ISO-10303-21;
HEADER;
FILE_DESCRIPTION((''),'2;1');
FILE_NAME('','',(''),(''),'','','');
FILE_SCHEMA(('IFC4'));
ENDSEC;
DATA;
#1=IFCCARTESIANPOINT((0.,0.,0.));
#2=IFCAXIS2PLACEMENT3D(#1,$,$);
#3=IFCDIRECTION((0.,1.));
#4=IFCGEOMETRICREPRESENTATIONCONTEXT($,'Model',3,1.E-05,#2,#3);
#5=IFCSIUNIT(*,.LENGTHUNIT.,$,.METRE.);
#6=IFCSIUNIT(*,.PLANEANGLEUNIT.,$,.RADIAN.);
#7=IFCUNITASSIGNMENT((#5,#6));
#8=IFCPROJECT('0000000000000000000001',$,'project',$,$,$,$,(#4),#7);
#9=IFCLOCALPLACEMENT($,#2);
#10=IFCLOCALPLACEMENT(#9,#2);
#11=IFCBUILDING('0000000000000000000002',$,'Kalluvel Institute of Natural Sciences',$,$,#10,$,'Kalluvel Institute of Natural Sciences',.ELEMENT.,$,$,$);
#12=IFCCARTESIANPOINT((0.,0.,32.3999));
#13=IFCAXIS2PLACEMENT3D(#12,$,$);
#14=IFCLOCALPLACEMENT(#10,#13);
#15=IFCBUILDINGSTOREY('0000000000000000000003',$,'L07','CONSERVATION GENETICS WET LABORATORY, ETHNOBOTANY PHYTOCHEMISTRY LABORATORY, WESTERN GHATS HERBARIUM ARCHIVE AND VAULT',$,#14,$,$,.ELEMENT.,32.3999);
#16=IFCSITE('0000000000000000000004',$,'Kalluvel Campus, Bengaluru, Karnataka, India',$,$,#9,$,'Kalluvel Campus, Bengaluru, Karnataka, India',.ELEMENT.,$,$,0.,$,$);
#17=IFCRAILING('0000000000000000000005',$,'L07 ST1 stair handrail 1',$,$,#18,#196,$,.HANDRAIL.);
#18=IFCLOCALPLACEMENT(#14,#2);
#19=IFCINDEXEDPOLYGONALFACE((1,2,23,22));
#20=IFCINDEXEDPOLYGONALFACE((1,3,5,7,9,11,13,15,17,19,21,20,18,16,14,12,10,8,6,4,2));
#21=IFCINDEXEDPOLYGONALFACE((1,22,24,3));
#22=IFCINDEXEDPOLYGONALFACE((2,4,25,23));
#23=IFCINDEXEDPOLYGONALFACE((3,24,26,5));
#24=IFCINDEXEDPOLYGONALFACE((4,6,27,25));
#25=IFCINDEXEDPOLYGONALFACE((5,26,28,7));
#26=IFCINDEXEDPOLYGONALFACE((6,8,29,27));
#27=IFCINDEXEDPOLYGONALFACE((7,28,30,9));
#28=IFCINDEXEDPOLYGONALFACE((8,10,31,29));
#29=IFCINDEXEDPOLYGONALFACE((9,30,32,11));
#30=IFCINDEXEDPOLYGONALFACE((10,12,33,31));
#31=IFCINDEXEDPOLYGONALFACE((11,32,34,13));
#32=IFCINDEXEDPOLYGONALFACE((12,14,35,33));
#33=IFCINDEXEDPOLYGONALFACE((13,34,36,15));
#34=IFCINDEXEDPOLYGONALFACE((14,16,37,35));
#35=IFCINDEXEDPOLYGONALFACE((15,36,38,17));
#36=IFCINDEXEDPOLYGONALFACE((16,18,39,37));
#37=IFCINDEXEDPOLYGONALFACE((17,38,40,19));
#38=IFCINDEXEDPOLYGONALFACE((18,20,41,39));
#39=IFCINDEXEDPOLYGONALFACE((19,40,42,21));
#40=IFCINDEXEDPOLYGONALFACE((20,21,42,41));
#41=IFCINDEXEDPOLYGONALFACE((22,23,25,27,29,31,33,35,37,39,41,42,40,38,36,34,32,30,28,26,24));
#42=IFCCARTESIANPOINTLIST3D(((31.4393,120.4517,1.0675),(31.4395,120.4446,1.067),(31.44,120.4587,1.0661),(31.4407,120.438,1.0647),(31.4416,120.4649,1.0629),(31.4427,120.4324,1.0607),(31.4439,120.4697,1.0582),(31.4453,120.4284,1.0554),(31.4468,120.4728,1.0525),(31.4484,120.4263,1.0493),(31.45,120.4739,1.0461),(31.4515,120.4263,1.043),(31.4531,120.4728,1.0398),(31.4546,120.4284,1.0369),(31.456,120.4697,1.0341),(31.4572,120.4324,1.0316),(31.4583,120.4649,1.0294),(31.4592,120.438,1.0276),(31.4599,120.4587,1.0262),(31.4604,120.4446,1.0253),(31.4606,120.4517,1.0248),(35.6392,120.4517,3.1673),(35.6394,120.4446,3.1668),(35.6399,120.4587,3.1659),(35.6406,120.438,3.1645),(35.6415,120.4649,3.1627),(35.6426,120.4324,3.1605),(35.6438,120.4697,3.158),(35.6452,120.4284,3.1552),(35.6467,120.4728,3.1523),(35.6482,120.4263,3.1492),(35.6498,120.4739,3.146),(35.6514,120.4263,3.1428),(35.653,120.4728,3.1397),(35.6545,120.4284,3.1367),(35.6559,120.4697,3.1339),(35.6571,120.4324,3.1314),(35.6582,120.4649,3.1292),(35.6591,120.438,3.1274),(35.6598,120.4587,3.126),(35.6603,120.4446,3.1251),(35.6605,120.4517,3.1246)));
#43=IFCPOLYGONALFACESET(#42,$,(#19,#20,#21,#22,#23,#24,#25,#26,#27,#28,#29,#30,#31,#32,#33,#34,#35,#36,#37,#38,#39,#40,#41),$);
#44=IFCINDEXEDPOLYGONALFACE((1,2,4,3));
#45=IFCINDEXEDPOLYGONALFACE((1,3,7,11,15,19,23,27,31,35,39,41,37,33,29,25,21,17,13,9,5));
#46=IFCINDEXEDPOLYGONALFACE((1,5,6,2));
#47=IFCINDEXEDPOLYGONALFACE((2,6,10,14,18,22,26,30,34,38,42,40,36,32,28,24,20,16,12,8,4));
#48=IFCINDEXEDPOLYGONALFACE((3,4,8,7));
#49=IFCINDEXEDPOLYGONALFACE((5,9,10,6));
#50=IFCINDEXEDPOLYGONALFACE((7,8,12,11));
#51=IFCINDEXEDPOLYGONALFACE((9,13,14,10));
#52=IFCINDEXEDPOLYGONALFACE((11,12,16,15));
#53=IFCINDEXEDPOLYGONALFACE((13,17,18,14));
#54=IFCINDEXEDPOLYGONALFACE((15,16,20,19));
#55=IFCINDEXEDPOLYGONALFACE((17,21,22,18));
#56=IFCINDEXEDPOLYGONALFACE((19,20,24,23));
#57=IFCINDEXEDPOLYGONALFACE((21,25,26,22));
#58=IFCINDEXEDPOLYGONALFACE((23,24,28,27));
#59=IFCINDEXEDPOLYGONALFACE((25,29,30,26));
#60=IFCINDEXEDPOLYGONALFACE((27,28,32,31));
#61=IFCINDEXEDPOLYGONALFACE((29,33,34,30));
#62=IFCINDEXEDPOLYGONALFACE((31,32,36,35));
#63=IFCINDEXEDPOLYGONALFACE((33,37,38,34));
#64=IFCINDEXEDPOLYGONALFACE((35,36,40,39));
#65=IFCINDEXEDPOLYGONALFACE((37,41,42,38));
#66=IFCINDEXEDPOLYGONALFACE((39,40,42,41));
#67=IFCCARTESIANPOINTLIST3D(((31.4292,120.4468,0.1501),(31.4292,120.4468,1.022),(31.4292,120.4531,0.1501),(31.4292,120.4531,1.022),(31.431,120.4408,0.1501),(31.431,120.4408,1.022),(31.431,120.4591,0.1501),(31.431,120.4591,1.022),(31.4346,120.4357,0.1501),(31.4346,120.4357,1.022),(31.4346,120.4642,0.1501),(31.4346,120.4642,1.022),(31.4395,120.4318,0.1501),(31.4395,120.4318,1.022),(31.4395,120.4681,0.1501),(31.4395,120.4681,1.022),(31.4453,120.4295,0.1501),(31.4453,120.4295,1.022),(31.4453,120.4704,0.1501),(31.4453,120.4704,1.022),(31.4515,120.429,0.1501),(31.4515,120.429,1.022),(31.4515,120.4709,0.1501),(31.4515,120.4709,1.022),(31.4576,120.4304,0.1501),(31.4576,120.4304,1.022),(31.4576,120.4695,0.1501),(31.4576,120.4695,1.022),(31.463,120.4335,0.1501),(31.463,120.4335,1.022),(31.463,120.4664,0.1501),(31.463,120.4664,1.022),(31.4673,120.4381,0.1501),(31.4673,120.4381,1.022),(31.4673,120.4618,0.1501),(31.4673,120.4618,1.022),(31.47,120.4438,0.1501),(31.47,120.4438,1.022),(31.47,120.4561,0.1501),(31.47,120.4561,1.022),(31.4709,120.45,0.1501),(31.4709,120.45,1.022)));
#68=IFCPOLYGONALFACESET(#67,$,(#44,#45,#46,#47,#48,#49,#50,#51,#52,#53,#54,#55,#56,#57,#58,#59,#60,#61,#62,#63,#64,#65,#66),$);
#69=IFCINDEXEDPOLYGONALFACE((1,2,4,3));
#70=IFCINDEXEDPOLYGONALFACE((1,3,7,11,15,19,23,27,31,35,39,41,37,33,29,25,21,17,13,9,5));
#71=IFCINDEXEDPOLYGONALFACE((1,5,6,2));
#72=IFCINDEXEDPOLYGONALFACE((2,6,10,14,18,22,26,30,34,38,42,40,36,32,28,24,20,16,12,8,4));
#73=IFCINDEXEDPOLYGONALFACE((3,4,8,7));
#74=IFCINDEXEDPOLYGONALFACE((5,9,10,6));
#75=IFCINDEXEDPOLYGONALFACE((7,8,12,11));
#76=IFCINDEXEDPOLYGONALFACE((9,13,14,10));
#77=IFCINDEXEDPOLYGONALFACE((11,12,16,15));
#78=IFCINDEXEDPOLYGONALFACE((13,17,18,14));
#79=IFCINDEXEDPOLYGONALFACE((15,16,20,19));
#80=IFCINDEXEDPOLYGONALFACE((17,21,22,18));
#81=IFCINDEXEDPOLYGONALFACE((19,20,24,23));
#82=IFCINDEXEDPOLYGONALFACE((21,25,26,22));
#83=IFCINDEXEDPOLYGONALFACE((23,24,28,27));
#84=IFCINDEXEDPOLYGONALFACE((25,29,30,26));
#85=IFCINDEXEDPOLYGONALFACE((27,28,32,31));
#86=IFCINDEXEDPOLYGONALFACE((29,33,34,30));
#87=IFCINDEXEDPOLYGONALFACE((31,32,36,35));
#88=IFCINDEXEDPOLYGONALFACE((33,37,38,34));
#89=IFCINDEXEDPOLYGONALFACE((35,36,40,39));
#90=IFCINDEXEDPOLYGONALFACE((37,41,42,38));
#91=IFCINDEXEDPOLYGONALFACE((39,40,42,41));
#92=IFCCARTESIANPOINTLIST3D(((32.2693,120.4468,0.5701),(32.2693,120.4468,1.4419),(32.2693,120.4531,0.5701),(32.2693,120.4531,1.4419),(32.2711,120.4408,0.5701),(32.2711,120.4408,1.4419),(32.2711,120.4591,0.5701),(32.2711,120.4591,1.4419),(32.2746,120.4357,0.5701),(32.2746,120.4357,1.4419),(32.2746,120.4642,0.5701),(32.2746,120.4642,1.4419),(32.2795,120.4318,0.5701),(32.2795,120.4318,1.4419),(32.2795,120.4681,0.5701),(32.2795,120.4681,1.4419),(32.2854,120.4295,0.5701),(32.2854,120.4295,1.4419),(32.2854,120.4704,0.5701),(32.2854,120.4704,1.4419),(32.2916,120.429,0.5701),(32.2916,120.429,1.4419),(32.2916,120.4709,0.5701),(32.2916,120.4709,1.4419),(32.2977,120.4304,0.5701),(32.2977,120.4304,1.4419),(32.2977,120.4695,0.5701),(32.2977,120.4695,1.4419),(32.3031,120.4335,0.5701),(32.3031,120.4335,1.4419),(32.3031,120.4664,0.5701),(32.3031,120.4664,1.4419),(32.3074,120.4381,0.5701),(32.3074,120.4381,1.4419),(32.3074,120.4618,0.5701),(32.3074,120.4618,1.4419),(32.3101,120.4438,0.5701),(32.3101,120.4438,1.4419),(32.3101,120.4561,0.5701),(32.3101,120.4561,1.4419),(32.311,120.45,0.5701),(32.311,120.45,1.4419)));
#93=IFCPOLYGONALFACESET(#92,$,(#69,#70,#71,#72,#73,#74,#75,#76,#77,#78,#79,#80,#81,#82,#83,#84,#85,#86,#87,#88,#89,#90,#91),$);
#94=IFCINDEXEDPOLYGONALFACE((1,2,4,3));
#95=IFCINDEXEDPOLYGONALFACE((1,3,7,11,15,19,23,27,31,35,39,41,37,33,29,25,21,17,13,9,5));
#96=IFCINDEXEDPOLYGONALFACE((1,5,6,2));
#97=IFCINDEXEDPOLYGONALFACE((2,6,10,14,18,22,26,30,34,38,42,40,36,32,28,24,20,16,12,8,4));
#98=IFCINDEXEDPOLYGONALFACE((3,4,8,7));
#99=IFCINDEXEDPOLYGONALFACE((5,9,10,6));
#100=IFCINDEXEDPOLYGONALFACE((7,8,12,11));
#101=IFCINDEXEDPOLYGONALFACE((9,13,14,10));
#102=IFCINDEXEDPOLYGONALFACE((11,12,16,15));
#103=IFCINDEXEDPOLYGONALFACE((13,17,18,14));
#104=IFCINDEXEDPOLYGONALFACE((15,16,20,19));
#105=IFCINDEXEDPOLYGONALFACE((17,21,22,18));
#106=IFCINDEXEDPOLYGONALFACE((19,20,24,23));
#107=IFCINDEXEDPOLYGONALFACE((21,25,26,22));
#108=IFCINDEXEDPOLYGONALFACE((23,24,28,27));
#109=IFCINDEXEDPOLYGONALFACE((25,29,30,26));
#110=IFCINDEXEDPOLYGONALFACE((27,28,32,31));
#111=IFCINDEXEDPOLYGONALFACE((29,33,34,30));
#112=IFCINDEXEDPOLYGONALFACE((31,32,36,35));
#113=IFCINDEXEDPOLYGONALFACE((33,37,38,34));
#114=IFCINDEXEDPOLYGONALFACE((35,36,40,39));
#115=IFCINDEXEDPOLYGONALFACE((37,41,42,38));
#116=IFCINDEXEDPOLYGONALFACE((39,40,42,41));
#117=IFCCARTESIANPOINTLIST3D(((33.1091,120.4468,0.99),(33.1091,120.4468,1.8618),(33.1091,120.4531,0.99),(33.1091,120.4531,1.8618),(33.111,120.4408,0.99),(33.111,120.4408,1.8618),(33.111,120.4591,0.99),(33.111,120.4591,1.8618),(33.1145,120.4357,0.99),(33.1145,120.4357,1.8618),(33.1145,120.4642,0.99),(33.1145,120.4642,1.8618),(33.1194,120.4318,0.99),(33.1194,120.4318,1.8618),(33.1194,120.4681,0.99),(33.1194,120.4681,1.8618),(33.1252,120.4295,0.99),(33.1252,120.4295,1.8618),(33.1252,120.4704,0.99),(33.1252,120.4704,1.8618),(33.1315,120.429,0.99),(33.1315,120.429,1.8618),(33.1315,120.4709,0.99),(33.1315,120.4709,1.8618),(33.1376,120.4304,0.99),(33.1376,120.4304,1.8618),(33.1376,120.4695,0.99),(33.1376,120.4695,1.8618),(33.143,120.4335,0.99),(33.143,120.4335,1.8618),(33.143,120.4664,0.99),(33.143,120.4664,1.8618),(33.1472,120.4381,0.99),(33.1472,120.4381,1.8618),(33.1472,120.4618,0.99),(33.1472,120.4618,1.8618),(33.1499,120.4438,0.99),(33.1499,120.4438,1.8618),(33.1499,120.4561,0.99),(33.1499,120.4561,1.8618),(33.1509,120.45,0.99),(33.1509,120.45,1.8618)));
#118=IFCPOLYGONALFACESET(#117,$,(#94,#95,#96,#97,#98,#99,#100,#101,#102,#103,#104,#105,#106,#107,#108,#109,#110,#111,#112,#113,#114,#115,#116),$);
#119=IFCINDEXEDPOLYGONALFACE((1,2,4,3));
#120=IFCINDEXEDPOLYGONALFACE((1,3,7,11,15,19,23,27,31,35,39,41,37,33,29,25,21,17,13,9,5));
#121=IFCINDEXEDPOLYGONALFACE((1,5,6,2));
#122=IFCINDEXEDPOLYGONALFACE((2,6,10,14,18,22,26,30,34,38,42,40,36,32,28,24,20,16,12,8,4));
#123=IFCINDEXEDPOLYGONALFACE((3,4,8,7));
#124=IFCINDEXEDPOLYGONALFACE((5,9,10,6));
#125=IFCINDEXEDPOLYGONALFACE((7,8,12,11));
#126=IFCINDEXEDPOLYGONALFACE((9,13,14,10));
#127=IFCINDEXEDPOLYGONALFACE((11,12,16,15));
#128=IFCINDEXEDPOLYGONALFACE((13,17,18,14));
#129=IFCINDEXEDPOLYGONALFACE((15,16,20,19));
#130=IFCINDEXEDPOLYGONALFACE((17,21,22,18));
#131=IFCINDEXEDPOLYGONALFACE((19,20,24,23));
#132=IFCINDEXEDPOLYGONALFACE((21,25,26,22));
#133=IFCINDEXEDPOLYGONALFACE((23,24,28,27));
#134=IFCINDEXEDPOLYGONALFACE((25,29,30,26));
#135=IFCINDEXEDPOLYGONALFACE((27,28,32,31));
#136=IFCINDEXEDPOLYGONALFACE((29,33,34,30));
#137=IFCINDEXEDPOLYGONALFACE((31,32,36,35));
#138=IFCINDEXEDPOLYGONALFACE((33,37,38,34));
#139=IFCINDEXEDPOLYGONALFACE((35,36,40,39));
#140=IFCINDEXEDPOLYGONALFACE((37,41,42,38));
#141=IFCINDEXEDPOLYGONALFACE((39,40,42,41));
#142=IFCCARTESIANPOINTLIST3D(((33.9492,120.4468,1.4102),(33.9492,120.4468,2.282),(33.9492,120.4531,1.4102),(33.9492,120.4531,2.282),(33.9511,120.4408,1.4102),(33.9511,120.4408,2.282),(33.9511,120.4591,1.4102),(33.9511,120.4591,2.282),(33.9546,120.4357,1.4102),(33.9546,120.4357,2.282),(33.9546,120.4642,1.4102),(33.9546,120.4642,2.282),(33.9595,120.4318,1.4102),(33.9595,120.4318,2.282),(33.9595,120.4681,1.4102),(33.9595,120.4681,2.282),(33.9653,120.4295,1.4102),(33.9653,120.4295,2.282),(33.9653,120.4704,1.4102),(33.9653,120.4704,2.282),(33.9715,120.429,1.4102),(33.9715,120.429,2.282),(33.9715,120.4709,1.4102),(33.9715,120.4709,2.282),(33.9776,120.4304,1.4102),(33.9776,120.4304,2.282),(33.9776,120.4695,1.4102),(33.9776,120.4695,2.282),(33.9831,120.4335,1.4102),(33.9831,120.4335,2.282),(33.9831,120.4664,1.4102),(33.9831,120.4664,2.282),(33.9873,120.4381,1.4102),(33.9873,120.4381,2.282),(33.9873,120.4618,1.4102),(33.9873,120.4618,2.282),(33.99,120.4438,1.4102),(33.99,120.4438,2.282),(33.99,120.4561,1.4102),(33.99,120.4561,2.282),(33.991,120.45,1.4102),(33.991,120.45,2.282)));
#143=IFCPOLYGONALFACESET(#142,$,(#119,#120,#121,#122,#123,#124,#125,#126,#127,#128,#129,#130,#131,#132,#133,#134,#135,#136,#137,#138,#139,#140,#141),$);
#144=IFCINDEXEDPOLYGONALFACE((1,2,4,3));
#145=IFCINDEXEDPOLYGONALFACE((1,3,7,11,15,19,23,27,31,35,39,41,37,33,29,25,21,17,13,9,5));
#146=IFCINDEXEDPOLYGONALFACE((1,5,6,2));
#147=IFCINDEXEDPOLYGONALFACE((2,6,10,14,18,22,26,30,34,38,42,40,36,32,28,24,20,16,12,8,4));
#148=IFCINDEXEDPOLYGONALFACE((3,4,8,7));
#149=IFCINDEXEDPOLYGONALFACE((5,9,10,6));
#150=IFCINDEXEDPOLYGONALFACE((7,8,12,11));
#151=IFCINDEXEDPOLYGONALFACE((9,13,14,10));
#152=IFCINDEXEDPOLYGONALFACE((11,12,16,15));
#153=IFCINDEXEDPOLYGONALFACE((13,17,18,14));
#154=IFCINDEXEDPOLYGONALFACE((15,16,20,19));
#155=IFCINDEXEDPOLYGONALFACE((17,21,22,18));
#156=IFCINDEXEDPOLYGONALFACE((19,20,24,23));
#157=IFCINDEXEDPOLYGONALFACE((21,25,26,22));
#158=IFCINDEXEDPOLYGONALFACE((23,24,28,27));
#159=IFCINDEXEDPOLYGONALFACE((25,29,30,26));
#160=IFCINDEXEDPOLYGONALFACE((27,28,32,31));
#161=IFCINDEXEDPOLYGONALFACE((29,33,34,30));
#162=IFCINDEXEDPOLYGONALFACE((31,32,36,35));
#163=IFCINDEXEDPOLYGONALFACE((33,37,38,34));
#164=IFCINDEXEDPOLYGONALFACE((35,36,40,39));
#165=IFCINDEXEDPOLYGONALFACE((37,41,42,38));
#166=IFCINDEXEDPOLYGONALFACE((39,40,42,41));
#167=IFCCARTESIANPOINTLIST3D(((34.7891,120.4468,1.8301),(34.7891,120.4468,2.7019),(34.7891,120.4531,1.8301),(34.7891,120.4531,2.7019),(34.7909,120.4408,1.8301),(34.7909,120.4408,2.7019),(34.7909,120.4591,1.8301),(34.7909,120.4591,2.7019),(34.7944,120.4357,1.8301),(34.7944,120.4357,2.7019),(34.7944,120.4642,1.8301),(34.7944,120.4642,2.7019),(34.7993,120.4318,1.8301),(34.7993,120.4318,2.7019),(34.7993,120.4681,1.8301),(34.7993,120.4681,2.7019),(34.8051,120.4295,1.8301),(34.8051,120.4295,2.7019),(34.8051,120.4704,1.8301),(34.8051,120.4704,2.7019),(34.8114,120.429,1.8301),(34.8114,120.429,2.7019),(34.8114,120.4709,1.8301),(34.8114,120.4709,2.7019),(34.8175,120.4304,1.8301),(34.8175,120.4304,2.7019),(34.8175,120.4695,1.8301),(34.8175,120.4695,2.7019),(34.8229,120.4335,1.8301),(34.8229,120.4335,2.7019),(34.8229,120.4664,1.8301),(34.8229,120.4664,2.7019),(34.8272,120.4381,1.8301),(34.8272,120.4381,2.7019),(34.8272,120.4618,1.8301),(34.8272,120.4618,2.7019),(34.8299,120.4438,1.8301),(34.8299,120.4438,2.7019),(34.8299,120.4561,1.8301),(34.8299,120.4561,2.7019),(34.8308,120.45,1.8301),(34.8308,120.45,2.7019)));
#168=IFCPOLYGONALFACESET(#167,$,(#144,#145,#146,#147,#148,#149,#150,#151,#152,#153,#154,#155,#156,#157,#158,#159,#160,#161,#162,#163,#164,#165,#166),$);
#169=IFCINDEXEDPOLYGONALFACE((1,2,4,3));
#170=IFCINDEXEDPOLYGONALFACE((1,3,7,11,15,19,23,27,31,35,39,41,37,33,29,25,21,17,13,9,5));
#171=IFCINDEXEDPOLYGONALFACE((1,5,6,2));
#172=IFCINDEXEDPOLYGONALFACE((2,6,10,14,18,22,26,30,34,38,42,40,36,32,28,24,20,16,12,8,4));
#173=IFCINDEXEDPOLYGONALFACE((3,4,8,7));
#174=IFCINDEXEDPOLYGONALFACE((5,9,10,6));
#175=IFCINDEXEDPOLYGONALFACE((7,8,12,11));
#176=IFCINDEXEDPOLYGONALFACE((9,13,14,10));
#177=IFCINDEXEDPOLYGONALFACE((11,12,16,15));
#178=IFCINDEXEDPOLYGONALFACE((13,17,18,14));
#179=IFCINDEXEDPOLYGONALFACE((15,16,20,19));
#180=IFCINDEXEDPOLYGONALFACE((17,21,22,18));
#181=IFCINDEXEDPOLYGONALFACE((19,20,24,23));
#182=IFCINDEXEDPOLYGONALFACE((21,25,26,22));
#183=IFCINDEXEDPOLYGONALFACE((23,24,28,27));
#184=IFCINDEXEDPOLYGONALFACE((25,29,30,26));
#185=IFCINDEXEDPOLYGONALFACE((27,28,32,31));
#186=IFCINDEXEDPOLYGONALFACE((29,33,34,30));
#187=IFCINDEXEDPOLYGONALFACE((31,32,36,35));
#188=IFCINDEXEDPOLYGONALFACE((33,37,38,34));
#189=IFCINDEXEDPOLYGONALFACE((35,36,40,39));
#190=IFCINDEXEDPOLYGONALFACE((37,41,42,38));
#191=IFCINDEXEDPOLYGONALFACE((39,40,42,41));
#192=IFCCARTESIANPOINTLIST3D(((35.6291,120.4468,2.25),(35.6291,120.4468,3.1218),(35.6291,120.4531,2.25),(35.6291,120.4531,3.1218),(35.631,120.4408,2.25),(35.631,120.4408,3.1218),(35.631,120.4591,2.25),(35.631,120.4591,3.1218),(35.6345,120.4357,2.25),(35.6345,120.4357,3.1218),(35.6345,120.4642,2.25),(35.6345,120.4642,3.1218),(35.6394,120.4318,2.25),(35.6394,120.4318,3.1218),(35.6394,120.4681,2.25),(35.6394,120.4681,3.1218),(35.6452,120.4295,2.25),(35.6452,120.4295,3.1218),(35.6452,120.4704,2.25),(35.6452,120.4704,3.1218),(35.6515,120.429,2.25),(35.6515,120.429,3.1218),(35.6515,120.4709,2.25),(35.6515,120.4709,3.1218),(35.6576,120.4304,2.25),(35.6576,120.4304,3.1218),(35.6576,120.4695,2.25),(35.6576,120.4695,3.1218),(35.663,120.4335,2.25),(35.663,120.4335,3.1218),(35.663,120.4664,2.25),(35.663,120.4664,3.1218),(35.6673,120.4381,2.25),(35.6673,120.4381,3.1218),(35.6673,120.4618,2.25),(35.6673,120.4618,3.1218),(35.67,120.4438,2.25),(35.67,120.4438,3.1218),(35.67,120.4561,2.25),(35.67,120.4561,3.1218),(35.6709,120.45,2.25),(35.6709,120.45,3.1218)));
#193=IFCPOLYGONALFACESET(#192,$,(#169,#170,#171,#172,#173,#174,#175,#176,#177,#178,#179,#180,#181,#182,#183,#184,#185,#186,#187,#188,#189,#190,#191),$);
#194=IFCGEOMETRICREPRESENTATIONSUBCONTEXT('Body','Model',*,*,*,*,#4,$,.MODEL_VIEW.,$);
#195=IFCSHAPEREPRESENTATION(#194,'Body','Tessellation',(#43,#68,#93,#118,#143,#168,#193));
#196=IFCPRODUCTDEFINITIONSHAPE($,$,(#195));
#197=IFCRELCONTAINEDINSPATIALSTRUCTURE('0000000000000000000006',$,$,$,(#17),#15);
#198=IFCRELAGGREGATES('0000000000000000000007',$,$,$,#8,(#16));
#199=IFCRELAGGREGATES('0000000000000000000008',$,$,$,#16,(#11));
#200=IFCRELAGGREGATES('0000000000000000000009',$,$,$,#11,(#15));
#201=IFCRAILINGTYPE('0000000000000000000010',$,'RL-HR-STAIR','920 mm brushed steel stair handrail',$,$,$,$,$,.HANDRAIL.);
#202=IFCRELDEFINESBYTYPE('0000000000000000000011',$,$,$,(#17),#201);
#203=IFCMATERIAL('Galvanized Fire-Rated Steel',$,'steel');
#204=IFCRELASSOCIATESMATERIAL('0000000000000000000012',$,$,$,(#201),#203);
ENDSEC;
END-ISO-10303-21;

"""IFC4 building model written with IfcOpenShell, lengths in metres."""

from ifc_helpers import new_model, si_unit, direction, frame, origin, origin_2d, place, context, subcontext, project, spatial, circle, extrude, material, type_object, element, save


model = new_model("IFC4")

# Units and contexts
model_context = context("Model", 3, precision=1e-05, world=origin(), true_north=direction((0.0, 1.0)))
body_context = subcontext(model_context, "Body", "Model", "MODEL_VIEW")
ifc_project = project(units=[si_unit("LENGTHUNIT", "METRE"), si_unit("PLANEANGLEUNIT", "RADIAN")], contexts=[model_context])

# Site, building, storey
site_placement = place(None, origin())
site = spatial("IfcSite", under=ifc_project, at=site_placement, Name="Kalluvel Campus, Bengaluru, Karnataka, India", LongName="Kalluvel Campus, Bengaluru, Karnataka, India", CompositionType="ELEMENT", RefElevation=0.0)
building_placement = place(site_placement, origin())
building = spatial("IfcBuilding", under=site, at=building_placement, Name="Kalluvel Institute of Natural Sciences", LongName="Kalluvel Institute of Natural Sciences", CompositionType="ELEMENT")
storey_placement = place(building_placement, frame((0.0, 0.0, 32.3999)))
storey = spatial("IfcBuildingStorey", under=building, at=storey_placement, Name="L07", Description="CONSERVATION GENETICS WET LABORATORY, ETHNOBOTANY PHYTOCHEMISTRY LABORATORY, WESTERN GHATS HERBARIUM ARCHIVE AND VAULT", CompositionType="ELEMENT", Elevation=32.3999)

# Shared definitions
ifc_material_1 = material(Name="Galvanized Fire-Rated Steel", Category="steel")

# Railing
railing_type_1 = type_object("IfcRailingType", Name="RL-HR-STAIR", Description="920 mm brushed steel stair handrail", PredefinedType="HANDRAIL", material=ifc_material_1)
railing_1_placement = place(storey_placement, frame((31.45, 120.45, 0.1501)))
element("IfcRailing", 1, at=railing_1_placement, inside=storey, type_object=railing_type_1, Name="L07 ST1 stair handrail 1", PredefinedType="HANDRAIL", context=body_context, shape_type="SweptSolid", body=[
    extrude(circle(Radius=0.0239, at=origin_2d()), frame((0.0, 0.0, 0.896), z_axis=(0.894438, 0.0, 0.447193), x_axis=(0.0, 1.0, 0.0)), (0.0, 0.0, 1.0), 4.6956),
    extrude(circle(Radius=0.021, at=origin_2d()), origin(), (0.0, 0.0, 1.0), 0.8718),
    extrude(circle(Radius=0.021, at=origin_2d()), frame((0.8401, 0.0, 0.4199)), (0.0, 0.0, 1.0), 0.8718),
    extrude(circle(Radius=0.021, at=origin_2d()), frame((1.6799, 0.0, 0.8398)), (0.0, 0.0, 1.0), 0.8718),
    extrude(circle(Radius=0.021, at=origin_2d()), frame((2.52, 0.0, 1.26)), (0.0, 0.0, 1.0), 0.8718),
    extrude(circle(Radius=0.021, at=origin_2d()), frame((3.3599, 0.0, 1.6799)), (0.0, 0.0, 1.0), 0.8718),
    extrude(circle(Radius=0.021, at=origin_2d()), frame((4.2, 0.0, 2.0999)), (0.0, 0.0, 1.0), 0.8718),
])

save(model, "model.ifc")
